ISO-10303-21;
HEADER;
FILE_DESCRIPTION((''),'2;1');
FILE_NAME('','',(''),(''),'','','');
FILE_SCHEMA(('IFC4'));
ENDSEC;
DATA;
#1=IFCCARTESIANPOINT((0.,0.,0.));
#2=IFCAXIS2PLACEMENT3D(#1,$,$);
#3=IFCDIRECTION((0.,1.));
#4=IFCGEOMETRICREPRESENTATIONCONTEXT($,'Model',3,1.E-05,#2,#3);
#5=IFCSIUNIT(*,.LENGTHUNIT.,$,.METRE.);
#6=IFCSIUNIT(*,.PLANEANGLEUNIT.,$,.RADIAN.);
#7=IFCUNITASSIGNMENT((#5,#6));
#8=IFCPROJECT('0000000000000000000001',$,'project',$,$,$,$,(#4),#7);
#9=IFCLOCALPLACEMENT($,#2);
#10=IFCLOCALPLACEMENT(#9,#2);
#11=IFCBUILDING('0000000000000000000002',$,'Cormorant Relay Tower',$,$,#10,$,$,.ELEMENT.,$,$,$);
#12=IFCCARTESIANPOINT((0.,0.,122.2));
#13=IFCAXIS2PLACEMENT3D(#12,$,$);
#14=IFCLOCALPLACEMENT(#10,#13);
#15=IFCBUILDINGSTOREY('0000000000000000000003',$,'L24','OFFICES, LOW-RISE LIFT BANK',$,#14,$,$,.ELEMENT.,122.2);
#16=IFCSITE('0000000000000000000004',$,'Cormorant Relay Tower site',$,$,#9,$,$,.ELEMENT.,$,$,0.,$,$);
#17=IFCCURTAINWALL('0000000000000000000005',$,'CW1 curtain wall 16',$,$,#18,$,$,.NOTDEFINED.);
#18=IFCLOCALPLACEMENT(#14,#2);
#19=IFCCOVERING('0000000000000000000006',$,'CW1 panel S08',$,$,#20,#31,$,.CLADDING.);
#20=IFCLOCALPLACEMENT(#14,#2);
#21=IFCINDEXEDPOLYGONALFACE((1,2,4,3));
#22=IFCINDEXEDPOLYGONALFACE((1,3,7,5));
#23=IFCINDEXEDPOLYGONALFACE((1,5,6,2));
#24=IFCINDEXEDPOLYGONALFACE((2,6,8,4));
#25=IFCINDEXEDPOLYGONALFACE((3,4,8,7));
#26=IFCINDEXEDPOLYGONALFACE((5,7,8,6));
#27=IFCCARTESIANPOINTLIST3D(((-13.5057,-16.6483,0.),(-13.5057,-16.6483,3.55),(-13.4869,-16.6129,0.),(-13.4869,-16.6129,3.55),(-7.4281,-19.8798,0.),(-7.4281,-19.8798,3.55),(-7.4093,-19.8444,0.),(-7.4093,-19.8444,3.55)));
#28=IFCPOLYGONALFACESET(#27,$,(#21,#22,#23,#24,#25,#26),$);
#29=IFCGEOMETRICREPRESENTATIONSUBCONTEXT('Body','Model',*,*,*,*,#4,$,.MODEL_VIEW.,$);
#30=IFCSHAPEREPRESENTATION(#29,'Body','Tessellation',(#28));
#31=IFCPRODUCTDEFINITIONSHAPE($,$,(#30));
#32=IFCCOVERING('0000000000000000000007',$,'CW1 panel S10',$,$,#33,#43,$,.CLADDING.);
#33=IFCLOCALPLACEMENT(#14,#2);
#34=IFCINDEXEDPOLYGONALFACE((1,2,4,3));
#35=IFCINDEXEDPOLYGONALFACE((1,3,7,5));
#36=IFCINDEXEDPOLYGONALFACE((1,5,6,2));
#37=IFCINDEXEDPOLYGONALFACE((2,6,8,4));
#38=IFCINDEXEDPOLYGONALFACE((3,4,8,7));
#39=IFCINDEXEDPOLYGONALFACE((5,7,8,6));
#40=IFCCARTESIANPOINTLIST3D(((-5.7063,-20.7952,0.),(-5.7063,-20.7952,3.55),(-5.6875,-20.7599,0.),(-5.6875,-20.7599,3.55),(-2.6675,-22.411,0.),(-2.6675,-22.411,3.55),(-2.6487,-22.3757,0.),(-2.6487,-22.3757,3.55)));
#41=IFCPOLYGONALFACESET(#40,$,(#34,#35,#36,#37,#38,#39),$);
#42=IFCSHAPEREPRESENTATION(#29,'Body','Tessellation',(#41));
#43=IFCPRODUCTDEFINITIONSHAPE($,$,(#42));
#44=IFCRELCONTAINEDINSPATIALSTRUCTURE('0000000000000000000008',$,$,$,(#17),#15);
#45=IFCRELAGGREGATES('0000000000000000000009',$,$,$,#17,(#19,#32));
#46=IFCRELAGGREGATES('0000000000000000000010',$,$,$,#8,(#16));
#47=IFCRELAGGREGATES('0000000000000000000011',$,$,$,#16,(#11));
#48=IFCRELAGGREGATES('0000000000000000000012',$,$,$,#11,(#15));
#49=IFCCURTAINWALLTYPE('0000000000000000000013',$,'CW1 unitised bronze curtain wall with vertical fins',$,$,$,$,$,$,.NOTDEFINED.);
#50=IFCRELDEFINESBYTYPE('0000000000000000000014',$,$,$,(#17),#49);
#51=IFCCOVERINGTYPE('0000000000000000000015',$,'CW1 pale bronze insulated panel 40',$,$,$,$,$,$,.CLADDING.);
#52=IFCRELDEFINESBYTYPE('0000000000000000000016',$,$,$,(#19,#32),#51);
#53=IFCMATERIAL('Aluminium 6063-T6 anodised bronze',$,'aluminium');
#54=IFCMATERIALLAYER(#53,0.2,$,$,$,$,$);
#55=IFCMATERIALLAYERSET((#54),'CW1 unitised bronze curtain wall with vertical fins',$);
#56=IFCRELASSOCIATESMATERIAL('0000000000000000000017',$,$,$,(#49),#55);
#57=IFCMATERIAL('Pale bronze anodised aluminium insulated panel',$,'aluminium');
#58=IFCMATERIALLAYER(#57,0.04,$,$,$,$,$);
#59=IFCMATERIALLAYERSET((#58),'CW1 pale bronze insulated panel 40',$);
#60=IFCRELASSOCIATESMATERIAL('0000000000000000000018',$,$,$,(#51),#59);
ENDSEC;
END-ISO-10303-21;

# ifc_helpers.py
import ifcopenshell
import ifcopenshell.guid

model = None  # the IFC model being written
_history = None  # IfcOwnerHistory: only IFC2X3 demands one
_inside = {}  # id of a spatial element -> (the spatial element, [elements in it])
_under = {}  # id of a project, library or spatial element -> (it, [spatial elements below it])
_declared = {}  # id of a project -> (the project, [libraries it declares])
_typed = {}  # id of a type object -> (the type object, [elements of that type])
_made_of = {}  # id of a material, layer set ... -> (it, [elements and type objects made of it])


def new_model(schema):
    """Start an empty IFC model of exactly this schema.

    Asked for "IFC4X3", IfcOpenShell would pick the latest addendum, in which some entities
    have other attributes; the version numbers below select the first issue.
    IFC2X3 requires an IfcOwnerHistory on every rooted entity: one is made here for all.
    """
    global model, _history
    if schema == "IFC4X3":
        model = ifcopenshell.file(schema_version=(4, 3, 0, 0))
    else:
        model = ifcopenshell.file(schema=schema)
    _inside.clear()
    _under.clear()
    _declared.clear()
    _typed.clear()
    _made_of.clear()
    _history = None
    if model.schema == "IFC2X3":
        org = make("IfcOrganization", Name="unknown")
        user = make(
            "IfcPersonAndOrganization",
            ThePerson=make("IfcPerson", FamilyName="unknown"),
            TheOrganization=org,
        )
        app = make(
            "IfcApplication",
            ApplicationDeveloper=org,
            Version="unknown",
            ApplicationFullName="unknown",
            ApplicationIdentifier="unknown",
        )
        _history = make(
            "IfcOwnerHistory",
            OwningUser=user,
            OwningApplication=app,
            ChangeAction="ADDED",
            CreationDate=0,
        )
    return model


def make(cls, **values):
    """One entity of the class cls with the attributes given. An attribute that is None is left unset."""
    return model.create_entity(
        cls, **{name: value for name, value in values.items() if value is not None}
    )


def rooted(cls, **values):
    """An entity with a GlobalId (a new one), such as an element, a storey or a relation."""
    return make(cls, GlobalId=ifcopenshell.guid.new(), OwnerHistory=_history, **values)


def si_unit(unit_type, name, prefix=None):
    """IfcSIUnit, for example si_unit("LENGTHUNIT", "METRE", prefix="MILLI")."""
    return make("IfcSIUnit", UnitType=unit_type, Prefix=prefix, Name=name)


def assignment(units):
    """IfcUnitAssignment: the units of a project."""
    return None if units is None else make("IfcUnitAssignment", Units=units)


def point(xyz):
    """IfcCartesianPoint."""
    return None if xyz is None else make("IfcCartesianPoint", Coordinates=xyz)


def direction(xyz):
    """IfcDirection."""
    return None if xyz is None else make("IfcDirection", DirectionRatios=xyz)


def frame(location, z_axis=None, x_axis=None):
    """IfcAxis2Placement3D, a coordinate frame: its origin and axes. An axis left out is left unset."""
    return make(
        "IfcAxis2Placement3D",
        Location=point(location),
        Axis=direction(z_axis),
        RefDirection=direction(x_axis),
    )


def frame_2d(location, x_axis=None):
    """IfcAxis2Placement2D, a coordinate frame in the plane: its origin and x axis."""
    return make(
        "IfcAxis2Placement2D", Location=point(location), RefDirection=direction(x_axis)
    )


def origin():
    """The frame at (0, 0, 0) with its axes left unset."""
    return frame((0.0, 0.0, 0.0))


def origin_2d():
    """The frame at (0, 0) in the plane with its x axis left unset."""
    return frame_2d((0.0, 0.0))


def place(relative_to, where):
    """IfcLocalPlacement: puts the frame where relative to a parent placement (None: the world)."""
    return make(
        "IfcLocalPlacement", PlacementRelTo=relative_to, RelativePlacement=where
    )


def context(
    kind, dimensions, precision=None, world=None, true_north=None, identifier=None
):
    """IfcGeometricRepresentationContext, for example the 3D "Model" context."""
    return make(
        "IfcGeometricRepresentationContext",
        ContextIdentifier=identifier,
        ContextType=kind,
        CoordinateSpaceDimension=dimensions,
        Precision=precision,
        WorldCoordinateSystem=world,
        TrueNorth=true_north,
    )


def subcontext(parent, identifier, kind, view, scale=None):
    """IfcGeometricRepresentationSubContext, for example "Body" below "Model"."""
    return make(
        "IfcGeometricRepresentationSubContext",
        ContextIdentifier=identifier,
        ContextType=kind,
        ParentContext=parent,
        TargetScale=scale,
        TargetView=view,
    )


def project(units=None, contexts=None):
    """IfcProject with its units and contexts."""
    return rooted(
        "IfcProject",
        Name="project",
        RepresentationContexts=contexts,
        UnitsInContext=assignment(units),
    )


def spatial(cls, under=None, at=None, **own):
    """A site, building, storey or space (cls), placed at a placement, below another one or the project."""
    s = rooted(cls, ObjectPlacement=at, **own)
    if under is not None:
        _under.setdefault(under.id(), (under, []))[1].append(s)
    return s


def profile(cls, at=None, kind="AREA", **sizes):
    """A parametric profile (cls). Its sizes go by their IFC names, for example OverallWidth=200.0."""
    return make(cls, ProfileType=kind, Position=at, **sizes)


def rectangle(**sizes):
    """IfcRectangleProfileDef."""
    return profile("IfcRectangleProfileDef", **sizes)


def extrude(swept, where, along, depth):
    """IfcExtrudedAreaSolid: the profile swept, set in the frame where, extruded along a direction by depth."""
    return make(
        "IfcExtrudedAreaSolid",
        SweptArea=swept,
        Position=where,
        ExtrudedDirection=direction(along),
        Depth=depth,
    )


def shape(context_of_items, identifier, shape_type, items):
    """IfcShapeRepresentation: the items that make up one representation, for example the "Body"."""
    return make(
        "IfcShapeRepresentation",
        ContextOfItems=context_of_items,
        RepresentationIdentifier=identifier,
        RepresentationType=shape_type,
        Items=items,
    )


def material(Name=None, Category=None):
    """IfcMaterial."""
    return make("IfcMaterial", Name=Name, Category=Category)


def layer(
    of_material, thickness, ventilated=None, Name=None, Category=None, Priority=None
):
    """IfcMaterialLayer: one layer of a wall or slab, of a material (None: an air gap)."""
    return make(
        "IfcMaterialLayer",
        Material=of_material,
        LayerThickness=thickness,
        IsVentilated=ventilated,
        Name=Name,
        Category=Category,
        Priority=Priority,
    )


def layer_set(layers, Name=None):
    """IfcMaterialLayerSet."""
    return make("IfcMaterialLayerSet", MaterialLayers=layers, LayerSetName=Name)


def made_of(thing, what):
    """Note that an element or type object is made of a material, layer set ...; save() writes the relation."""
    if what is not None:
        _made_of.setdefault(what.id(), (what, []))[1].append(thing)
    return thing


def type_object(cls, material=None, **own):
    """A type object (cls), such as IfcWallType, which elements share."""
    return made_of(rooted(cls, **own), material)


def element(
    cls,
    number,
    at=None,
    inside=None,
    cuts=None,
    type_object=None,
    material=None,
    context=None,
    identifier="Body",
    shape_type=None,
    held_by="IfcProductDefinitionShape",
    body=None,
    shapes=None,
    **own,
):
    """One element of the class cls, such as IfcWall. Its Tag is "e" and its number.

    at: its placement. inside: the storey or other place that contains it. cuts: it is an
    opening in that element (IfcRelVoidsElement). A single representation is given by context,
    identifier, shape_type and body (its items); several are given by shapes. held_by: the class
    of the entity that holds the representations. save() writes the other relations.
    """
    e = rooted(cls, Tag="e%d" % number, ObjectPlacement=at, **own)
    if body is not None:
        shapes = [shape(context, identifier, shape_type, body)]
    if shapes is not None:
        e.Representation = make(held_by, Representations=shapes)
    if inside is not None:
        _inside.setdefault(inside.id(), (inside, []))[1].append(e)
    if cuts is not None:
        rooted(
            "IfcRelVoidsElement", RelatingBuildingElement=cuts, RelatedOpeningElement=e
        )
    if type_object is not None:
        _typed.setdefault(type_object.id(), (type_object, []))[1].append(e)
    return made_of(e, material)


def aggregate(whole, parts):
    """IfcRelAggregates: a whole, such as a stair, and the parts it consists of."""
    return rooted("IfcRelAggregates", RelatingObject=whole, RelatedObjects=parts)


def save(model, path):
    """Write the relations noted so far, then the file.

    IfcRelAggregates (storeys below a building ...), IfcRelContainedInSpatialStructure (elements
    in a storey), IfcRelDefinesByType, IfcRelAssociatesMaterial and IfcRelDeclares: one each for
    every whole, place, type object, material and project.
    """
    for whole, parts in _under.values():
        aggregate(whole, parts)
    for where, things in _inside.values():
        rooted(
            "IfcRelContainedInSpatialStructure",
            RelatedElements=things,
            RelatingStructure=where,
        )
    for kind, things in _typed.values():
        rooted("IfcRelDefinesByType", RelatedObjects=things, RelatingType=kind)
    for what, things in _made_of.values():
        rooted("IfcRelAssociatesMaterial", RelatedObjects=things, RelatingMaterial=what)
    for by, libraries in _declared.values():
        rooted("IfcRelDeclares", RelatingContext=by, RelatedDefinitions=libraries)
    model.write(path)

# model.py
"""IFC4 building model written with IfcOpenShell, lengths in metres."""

from ifc_helpers import new_model, si_unit, direction, frame, origin, origin_2d, place, context, subcontext, project, spatial, rectangle, extrude, material, layer, layer_set, type_object, element, aggregate, save


model = new_model("IFC4")

# Units and contexts
model_context = context("Model", 3, precision=1e-05, world=origin(), true_north=direction((0.0, 1.0)))
body_context = subcontext(model_context, "Body", "Model", "MODEL_VIEW")
ifc_project = project(units=[si_unit("LENGTHUNIT", "METRE"), si_unit("PLANEANGLEUNIT", "RADIAN")], contexts=[model_context])

# Site, building, storey
site_placement = place(None, origin())
site = spatial("IfcSite", under=ifc_project, at=site_placement, Name="Cormorant Relay Tower site", CompositionType="ELEMENT", RefElevation=0.0)
building_placement = place(site_placement, origin())
building = spatial("IfcBuilding", under=site, at=building_placement, Name="Cormorant Relay Tower", CompositionType="ELEMENT")
storey_placement = place(building_placement, frame((0.0, 0.0, 122.2)))
storey = spatial("IfcBuildingStorey", under=building, at=storey_placement, Name="L24", Description="OFFICES, LOW-RISE LIFT BANK", CompositionType="ELEMENT", Elevation=122.2)

# Shared definitions
ifc_material_1 = material(Name="Aluminium 6063-T6 anodised bronze", Category="aluminium")
ifc_layer_1 = layer(ifc_material_1, 0.2)
ifc_layer_set_1 = layer_set([ifc_layer_1], Name="CW1 unitised bronze curtain wall with vertical fins")
curtain_wall_type = type_object("IfcCurtainWallType", Name="CW1 unitised bronze curtain wall with vertical fins", PredefinedType="NOTDEFINED", material=ifc_layer_set_1)

# Curtain wall
curtain_wall_1_placement = place(storey_placement, origin())
curtain_wall_1 = element("IfcCurtainWall", 1, at=curtain_wall_1_placement, inside=storey, type_object=curtain_wall_type, Name="CW1 curtain wall 16", PredefinedType="NOTDEFINED")

# Coverings
ifc_material_2 = material(Name="Pale bronze anodised aluminium insulated panel", Category="aluminium")
ifc_layer_2 = layer(ifc_material_2, 0.04)
ifc_layer_set_2 = layer_set([ifc_layer_2], Name="CW1 pale bronze insulated panel 40")
covering_type = type_object("IfcCoveringType", Name="CW1 pale bronze insulated panel 40", PredefinedType="CLADDING", material=ifc_layer_set_2)
covering_1_placement = place(storey_placement, frame((-10.4575, -18.2463, 0.0), z_axis=(0.0, 0.0, 1.0), x_axis=(0.882948, -0.469472, 0.0)))
covering_1 = element("IfcCovering", 2, at=covering_1_placement, type_object=covering_type, Name="CW1 panel S08", PredefinedType="CLADDING", context=body_context, shape_type="SweptSolid", body=[
    extrude(rectangle(XDim=6.8833, YDim=0.04, at=origin_2d()), origin(), (0.0, 0.0, 1.0), 3.55),
])
covering_2_placement = place(storey_placement, frame((-4.1775, -21.5854, 0.0), z_axis=(0.0, 0.0, 1.0), x_axis=(0.882948, -0.469472, 0.0)))
covering_2 = element("IfcCovering", 3, at=covering_2_placement, type_object=covering_type, Name="CW1 panel S10", PredefinedType="CLADDING", context=body_context, shape_type="SweptSolid", body=[
    extrude(rectangle(XDim=3.4417, YDim=0.04, at=origin_2d()), origin(), (0.0, 0.0, 1.0), 3.55),
])
aggregate(curtain_wall_1, [covering_1, covering_2])

save(model, "model.ifc")
